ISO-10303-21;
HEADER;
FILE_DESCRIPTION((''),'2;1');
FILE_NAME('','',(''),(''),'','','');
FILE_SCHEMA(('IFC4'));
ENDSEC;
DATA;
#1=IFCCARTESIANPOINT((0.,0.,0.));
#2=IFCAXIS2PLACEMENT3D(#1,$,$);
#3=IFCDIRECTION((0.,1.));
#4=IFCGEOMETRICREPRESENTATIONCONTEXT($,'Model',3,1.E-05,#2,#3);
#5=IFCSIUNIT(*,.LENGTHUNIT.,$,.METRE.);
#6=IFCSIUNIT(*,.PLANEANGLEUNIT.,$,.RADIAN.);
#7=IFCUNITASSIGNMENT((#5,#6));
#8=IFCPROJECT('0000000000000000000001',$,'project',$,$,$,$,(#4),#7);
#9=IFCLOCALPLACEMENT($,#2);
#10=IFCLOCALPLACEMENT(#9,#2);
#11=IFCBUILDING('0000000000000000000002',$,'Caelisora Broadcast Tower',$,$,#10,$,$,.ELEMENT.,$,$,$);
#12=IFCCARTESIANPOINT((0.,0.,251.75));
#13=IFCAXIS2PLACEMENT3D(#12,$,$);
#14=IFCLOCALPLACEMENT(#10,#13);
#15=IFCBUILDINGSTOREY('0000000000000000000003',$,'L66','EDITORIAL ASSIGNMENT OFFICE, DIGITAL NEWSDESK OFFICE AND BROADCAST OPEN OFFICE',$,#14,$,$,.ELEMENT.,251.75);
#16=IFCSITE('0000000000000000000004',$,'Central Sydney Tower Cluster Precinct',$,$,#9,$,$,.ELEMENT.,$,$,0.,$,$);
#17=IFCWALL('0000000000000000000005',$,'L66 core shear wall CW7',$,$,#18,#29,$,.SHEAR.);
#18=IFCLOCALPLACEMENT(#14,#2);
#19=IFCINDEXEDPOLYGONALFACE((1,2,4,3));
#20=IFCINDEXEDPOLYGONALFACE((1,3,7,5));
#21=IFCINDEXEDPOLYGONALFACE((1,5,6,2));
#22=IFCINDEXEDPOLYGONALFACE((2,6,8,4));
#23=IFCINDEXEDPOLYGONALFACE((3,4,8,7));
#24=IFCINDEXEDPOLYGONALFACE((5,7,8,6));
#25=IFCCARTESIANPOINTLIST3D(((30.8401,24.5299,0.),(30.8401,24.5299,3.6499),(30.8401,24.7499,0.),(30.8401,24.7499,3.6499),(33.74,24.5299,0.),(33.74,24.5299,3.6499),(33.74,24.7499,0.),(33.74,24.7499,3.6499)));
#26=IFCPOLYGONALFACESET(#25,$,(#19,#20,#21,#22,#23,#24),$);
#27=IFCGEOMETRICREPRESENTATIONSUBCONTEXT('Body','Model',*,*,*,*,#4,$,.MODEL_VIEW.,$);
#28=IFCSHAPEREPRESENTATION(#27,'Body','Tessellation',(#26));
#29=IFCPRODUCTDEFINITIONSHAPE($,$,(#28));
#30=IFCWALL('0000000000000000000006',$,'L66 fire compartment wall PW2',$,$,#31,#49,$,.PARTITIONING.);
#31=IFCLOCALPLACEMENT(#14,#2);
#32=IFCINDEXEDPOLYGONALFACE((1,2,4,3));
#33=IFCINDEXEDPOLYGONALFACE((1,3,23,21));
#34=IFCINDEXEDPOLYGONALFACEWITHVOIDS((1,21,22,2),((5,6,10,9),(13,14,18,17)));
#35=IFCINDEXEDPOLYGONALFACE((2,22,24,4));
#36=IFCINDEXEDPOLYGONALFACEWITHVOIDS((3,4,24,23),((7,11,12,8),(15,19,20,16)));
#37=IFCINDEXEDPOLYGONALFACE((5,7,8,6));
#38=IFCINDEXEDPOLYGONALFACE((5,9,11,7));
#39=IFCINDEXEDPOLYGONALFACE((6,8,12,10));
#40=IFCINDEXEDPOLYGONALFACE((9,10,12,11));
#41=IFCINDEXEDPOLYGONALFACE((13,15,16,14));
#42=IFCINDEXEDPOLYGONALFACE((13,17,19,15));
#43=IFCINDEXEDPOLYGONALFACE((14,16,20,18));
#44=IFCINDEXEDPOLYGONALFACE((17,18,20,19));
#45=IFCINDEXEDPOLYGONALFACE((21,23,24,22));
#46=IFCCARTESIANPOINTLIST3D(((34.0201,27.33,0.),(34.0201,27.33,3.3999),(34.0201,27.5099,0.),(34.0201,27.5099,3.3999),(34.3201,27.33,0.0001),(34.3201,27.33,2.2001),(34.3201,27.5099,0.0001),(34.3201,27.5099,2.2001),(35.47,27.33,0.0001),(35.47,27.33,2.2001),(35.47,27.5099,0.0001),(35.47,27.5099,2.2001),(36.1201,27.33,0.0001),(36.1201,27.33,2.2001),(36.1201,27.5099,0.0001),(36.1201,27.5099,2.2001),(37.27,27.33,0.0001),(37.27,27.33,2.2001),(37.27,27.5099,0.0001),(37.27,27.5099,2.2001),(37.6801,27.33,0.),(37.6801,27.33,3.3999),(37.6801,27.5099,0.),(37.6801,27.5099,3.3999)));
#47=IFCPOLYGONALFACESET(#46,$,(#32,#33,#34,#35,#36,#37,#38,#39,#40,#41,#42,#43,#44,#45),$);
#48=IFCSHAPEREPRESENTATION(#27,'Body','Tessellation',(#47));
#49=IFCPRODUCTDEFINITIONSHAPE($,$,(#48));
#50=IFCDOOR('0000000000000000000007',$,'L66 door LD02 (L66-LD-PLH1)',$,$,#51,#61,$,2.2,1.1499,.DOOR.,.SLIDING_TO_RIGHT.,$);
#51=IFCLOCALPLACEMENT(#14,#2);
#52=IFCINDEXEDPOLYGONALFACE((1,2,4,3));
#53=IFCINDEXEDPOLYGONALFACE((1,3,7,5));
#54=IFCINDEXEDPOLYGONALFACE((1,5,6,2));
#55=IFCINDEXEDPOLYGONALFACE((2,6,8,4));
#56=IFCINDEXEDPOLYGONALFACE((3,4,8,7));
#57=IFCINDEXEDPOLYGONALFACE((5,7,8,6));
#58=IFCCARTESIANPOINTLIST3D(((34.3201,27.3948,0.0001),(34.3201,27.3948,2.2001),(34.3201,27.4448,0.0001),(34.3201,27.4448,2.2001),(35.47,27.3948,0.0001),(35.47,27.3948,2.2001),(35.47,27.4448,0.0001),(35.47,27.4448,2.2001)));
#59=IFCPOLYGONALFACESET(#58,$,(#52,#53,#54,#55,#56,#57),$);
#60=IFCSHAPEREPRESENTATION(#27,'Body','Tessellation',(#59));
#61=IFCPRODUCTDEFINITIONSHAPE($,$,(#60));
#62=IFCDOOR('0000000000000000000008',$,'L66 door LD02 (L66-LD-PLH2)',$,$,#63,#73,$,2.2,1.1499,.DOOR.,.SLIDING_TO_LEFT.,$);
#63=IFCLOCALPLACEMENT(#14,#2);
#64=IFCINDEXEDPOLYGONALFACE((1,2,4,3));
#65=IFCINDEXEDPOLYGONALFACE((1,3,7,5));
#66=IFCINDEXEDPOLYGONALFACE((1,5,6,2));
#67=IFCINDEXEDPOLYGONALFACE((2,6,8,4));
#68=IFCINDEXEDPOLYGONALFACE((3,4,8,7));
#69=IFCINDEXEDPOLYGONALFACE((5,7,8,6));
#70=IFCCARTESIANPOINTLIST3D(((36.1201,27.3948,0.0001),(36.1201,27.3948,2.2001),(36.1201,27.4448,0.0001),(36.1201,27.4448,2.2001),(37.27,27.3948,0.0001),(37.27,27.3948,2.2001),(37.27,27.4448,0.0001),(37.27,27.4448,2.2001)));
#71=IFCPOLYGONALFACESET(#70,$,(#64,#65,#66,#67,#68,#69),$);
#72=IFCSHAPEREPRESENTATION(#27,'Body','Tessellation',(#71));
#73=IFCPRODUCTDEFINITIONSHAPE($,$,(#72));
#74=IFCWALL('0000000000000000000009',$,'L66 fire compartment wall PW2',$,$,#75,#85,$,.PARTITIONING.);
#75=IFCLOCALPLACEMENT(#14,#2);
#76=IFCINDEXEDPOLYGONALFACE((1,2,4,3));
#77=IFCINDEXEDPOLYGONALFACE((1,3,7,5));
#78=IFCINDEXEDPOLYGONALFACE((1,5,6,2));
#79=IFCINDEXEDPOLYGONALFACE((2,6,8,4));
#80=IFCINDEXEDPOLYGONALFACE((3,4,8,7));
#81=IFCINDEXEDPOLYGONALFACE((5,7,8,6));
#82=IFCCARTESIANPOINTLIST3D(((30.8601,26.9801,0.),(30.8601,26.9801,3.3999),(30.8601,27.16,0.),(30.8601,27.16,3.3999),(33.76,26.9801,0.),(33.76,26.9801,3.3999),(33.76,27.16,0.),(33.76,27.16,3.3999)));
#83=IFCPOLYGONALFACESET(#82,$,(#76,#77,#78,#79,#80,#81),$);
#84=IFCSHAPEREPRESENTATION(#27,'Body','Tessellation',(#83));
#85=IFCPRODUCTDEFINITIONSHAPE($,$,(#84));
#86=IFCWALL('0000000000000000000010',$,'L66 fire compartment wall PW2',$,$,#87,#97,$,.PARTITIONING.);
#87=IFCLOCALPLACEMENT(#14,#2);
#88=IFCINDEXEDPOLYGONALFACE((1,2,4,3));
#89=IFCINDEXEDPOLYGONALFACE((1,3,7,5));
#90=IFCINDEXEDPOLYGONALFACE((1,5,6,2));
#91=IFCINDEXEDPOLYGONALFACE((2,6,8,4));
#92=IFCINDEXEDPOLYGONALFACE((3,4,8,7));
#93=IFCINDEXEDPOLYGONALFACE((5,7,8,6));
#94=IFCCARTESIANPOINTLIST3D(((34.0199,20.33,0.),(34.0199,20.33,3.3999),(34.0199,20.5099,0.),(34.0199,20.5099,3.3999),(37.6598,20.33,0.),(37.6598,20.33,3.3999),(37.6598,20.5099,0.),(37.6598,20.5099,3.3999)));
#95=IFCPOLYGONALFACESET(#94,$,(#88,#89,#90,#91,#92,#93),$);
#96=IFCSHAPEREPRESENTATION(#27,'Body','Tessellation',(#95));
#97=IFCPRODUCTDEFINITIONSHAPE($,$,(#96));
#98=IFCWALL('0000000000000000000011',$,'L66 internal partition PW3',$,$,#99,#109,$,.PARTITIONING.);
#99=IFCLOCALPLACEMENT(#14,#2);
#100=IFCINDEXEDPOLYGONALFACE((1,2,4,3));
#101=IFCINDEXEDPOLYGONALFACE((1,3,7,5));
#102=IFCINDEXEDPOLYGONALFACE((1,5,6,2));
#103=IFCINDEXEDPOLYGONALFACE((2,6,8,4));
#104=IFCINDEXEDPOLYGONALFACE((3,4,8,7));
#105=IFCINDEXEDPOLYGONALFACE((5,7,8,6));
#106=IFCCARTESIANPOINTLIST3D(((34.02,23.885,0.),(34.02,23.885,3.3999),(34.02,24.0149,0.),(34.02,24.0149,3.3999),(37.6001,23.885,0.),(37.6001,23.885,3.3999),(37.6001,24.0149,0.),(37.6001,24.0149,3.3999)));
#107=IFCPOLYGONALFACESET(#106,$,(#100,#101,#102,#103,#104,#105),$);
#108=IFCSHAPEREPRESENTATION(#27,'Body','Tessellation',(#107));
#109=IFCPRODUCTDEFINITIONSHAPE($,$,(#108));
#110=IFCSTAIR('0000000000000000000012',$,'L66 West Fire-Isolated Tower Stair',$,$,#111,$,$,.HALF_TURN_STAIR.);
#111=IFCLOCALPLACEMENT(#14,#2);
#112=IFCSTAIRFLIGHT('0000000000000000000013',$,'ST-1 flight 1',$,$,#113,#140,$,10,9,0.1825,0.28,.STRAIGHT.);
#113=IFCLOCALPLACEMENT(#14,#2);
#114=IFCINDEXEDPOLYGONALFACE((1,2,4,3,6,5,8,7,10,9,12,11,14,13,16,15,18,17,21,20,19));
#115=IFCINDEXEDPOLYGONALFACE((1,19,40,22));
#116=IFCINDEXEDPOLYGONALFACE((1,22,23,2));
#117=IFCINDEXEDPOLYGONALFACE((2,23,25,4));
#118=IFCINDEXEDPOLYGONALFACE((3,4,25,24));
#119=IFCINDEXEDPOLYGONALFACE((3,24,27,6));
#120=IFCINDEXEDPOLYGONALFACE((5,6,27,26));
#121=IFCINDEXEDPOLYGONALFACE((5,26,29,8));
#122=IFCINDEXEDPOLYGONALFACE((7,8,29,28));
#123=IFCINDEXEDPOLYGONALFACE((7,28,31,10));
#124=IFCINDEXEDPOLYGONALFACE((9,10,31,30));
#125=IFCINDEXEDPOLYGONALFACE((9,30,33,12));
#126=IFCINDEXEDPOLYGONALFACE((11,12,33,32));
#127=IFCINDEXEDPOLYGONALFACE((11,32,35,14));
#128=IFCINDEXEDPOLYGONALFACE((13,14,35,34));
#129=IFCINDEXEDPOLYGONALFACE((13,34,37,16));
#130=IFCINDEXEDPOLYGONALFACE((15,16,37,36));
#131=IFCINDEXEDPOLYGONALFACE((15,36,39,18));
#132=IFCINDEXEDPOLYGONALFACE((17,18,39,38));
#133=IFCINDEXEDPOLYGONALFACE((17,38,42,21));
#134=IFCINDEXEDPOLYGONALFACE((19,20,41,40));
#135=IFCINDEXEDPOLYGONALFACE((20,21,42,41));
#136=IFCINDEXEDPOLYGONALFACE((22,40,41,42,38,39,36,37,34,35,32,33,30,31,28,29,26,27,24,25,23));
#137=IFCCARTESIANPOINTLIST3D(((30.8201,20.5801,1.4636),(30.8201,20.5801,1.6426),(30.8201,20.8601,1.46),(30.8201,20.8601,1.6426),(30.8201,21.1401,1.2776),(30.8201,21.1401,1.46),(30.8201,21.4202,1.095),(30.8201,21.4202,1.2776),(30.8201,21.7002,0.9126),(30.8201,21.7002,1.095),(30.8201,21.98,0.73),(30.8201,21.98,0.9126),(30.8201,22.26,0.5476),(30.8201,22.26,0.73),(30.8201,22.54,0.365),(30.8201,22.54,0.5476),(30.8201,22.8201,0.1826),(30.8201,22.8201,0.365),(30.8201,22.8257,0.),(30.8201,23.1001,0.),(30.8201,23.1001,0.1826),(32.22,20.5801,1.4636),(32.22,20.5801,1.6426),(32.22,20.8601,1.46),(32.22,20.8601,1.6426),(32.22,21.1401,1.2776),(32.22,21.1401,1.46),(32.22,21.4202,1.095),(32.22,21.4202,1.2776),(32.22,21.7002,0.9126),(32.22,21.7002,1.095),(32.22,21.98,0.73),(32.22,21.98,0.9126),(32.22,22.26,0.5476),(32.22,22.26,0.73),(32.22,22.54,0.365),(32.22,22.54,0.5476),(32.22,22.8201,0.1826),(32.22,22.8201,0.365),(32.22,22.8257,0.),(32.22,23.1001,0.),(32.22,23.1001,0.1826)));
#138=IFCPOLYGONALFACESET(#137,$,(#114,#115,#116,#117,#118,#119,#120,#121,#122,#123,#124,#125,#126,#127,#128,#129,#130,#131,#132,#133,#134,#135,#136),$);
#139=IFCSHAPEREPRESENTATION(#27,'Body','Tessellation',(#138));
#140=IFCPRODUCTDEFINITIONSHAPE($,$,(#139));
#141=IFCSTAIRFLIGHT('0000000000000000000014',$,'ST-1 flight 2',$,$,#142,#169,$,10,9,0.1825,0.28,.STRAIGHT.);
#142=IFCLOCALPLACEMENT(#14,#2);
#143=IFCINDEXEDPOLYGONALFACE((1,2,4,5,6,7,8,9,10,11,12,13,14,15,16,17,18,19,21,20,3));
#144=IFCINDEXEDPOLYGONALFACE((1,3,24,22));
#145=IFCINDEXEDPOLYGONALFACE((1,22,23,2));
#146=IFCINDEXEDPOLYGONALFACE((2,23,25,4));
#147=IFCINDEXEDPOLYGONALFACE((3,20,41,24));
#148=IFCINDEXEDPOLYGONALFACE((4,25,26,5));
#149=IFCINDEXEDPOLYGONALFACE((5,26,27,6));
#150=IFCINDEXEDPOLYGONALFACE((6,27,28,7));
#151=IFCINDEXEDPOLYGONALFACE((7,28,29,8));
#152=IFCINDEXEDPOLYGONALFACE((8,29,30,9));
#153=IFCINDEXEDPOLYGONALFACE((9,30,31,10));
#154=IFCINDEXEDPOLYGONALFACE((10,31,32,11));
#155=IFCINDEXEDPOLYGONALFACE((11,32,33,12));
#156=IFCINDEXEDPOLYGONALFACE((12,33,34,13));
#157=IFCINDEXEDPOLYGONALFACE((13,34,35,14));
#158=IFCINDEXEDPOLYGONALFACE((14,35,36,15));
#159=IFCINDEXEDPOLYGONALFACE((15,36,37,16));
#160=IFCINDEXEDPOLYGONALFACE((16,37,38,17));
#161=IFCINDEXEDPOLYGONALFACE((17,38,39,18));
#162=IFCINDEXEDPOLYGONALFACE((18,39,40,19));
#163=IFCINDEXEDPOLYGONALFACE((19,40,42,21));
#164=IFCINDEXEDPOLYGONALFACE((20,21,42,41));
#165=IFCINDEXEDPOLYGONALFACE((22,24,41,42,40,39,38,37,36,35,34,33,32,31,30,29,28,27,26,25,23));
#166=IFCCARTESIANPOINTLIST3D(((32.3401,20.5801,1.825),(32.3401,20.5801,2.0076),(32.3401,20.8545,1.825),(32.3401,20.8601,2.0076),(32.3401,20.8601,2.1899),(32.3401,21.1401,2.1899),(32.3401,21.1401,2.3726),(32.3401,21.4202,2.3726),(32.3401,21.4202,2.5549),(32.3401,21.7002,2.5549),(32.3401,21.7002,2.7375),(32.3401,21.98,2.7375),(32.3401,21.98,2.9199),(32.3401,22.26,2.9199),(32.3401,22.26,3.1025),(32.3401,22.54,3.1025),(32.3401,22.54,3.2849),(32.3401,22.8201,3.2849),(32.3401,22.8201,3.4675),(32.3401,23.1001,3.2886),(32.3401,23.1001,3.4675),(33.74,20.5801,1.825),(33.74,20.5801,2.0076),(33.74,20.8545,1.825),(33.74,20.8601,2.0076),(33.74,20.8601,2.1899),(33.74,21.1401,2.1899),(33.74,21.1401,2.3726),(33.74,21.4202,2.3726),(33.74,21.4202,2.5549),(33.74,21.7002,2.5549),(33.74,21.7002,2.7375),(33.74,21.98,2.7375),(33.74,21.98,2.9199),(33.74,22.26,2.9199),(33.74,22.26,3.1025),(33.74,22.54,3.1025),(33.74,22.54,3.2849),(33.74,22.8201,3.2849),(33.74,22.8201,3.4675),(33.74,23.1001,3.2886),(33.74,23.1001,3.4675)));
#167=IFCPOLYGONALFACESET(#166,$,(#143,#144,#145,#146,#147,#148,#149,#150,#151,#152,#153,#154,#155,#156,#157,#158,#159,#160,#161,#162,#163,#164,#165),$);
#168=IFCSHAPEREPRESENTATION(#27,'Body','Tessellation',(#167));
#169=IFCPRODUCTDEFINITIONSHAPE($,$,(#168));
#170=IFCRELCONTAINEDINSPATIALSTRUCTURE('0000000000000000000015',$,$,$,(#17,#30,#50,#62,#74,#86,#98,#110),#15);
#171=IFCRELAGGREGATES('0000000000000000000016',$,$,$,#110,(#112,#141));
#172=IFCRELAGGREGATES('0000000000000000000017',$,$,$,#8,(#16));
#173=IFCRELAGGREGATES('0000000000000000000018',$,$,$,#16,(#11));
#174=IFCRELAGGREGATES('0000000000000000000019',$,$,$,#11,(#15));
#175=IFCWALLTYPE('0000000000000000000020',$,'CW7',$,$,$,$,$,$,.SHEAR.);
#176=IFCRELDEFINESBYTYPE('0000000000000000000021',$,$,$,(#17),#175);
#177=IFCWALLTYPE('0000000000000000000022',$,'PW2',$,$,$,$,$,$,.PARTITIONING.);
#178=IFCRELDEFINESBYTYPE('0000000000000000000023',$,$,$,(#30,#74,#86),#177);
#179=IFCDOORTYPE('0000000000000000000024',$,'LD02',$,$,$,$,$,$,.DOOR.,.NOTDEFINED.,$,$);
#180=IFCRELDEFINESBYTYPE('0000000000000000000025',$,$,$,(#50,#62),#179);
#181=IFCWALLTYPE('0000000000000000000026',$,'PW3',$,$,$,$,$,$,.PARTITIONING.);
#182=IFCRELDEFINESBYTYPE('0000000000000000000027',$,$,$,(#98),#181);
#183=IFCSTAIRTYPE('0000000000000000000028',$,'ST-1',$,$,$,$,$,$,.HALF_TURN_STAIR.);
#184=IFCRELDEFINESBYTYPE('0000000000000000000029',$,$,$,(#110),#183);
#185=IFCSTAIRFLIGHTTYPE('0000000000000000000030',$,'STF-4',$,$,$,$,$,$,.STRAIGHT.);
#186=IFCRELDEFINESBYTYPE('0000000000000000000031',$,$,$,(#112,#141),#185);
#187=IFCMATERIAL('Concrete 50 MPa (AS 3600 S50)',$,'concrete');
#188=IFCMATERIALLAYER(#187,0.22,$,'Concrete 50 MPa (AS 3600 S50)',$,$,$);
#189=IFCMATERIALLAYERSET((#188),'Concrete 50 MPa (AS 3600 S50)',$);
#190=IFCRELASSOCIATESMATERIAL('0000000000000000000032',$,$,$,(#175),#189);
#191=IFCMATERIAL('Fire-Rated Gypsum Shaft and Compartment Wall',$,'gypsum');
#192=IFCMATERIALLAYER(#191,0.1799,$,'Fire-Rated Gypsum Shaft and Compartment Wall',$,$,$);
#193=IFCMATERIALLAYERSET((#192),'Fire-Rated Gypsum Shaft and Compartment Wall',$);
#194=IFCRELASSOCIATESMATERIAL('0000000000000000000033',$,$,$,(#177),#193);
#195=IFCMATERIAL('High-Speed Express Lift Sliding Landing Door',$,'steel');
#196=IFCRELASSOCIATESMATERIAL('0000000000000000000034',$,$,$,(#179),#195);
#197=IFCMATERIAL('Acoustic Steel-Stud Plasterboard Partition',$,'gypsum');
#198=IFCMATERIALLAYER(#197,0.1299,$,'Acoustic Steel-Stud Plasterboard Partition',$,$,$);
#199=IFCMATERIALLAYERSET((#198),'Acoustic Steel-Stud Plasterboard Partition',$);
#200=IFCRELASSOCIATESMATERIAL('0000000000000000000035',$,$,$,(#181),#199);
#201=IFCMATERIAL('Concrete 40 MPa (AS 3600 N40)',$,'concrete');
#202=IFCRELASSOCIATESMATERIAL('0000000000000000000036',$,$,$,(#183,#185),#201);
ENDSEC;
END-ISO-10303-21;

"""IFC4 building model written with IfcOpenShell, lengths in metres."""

from ifc_helpers import new_model, si_unit, direction, frame, frame_2d, origin, place, context, subcontext, project, spatial, polyline, rectangle, outline, extrude, material, layer, layer_set, type_object, element, fill, aggregate, save


model = new_model("IFC4")

# Units and contexts
model_context = context("Model", 3, precision=1e-05, world=origin(), true_north=direction((0.0, 1.0)))
body_context = subcontext(model_context, "Body", "Model", "MODEL_VIEW")
ifc_project = project(units=[si_unit("LENGTHUNIT", "METRE"), si_unit("PLANEANGLEUNIT", "RADIAN")], contexts=[model_context])

# Site, building, storey
site_placement = place(None, origin())
site = spatial("IfcSite", under=ifc_project, at=site_placement, Name="Central Sydney Tower Cluster Precinct", CompositionType="ELEMENT", RefElevation=0.0)
building_placement = place(site_placement, origin())
building = spatial("IfcBuilding", under=site, at=building_placement, Name="Caelisora Broadcast Tower", CompositionType="ELEMENT")
storey_placement = place(building_placement, frame((0.0, 0.0, 251.75)))
storey = spatial("IfcBuildingStorey", under=building, at=storey_placement, Name="L66", Description="EDITORIAL ASSIGNMENT OFFICE, DIGITAL NEWSDESK OFFICE AND BROADCAST OPEN OFFICE", CompositionType="ELEMENT", Elevation=251.75)

# Wall
ifc_material_1 = material(Name="Concrete 40 MPa (AS 3600 N40)", Category="concrete")
ifc_material_2 = material(Name="Concrete 50 MPa (AS 3600 S50)", Category="concrete")
ifc_layer_1 = layer(ifc_material_2, 0.22, Name="Concrete 50 MPa (AS 3600 S50)")
ifc_layer_set_1 = layer_set([ifc_layer_1], Name="Concrete 50 MPa (AS 3600 S50)")
wall_type_1 = type_object("IfcWallType", Name="CW7", PredefinedType="SHEAR", material=ifc_layer_set_1)
wall_1_placement = place(storey_placement, frame((30.8401, 24.6399, 0.0), z_axis=(0.0, 0.0, 1.0), x_axis=(1.0, 0.0, 0.0)))
element("IfcWall", 1, at=wall_1_placement, inside=storey, type_object=wall_type_1, Name="L66 core shear wall CW7", PredefinedType="SHEAR", context=body_context, shape_type="SweptSolid", body=[
    extrude(rectangle(XDim=2.8999, YDim=0.22, at=frame_2d((1.45, 0.0))), origin(), (0.0, 0.0, 1.0), 3.6499),
])

# Wall, openings, doors
ifc_material_3 = material(Name="Fire-Rated Gypsum Shaft and Compartment Wall", Category="gypsum")
ifc_layer_2 = layer(ifc_material_3, 0.1799, Name="Fire-Rated Gypsum Shaft and Compartment Wall")
ifc_layer_set_2 = layer_set([ifc_layer_2], Name="Fire-Rated Gypsum Shaft and Compartment Wall")
wall_type_2 = type_object("IfcWallType", Name="PW2", PredefinedType="PARTITIONING", material=ifc_layer_set_2)
wall_2_placement = place(storey_placement, frame((34.02, 27.4199, 0.0), z_axis=(0.0, 0.0, 1.0), x_axis=(1.0, 0.0, 0.0)))
wall_2 = element("IfcWall", 2, at=wall_2_placement, inside=storey, type_object=wall_type_2, Name="L66 fire compartment wall PW2", PredefinedType="PARTITIONING", context=body_context, shape_type="SweptSolid", body=[
    extrude(rectangle(XDim=3.6599, YDim=0.1799, at=frame_2d((1.8301, 0.0))), origin(), (0.0, 0.0, 1.0), 3.3999),
])
opening_1_placement = place(wall_2_placement, frame((0.3, 0.0, 0.0)))
opening_1 = element("IfcOpeningElement", 3, at=opening_1_placement, cuts=wall_2, PredefinedType="OPENING", context=body_context, shape_type="SweptSolid", body=[
    extrude(rectangle(XDim=1.1499, YDim=2.2, at=frame_2d((0.575, 1.1001))), frame((0.0, 0.1021, 0.0), z_axis=(0.0, -1.0, 0.0), x_axis=(1.0, 0.0, 0.0)), (0.0, 0.0, 1.0), 0.2039),
])
opening_2_placement = place(wall_2_placement, frame((2.1001, 0.0, 0.0)))
opening_2 = element("IfcOpeningElement", 4, at=opening_2_placement, cuts=wall_2, PredefinedType="OPENING", context=body_context, shape_type="SweptSolid", body=[
    extrude(rectangle(XDim=1.1499, YDim=2.2, at=frame_2d((0.575, 1.1001))), frame((0.0, 0.1021, 0.0), z_axis=(0.0, -1.0, 0.0), x_axis=(1.0, 0.0, 0.0)), (0.0, 0.0, 1.0), 0.2039),
])
ifc_material_4 = material(Name="High-Speed Express Lift Sliding Landing Door", Category="steel")
door_type = type_object("IfcDoorType", Name="LD02", OperationType="NOTDEFINED", PredefinedType="DOOR", material=ifc_material_4)
door_1_placement = place(opening_1_placement, origin())
door_1 = element("IfcDoor", 5, at=door_1_placement, inside=storey, type_object=door_type, Name="L66 door LD02 (L66-LD-PLH1)", OperationType="SLIDING_TO_RIGHT", OverallHeight=2.2, OverallWidth=1.1499, PredefinedType="DOOR", context=body_context, shape_type="SweptSolid", body=[
    extrude(rectangle(XDim=1.1499, YDim=2.2, at=frame_2d((0.575, 1.1001))), frame((0.0, 0.0249, 0.0), z_axis=(0.0, -1.0, 0.0), x_axis=(1.0, 0.0, 0.0)), (0.0, 0.0, 1.0), 0.05),
])
fill(opening_1, door_1)
door_2_placement = place(opening_2_placement, origin())
door_2 = element("IfcDoor", 6, at=door_2_placement, inside=storey, type_object=door_type, Name="L66 door LD02 (L66-LD-PLH2)", OperationType="SLIDING_TO_LEFT", OverallHeight=2.2, OverallWidth=1.1499, PredefinedType="DOOR", context=body_context, shape_type="SweptSolid", body=[
    extrude(rectangle(XDim=1.1499, YDim=2.2, at=frame_2d((0.575, 1.1001))), frame((0.0, 0.0249, 0.0), z_axis=(0.0, -1.0, 0.0), x_axis=(1.0, 0.0, 0.0)), (0.0, 0.0, 1.0), 0.05),
])
fill(opening_2, door_2)

# Walls
wall_3_placement = place(storey_placement, frame((30.8601, 27.0701, 0.0), z_axis=(0.0, 0.0, 1.0), x_axis=(1.0, 0.0, 0.0)))
element("IfcWall", 7, at=wall_3_placement, inside=storey, type_object=wall_type_2, Name="L66 fire compartment wall PW2", PredefinedType="PARTITIONING", context=body_context, shape_type="SweptSolid", body=[
    extrude(rectangle(XDim=2.8999, YDim=0.1799, at=frame_2d((1.45, 0.0))), origin(), (0.0, 0.0, 1.0), 3.3999),
])
wall_4_placement = place(storey_placement, frame((34.02, 20.4199, 0.0), z_axis=(0.0, 0.0, 1.0), x_axis=(1.0, 0.0, 0.0)))
element("IfcWall", 8, at=wall_4_placement, inside=storey, type_object=wall_type_2, Name="L66 fire compartment wall PW2", PredefinedType="PARTITIONING", context=body_context, shape_type="SweptSolid", body=[
    extrude(rectangle(XDim=3.6399, YDim=0.1799, at=frame_2d((1.8198, 0.0))), origin(), (0.0, 0.0, 1.0), 3.3999),
])
ifc_material_5 = material(Name="Acoustic Steel-Stud Plasterboard Partition", Category="gypsum")
ifc_layer_3 = layer(ifc_material_5, 0.1299, Name="Acoustic Steel-Stud Plasterboard Partition")
ifc_layer_set_3 = layer_set([ifc_layer_3], Name="Acoustic Steel-Stud Plasterboard Partition")
wall_type_3 = type_object("IfcWallType", Name="PW3", PredefinedType="PARTITIONING", material=ifc_layer_set_3)
wall_5_placement = place(storey_placement, frame((34.02, 23.95, 0.0), z_axis=(0.0, 0.0, 1.0), x_axis=(1.0, 0.0, 0.0)))
element("IfcWall", 9, at=wall_5_placement, inside=storey, type_object=wall_type_3, Name="L66 internal partition PW3", PredefinedType="PARTITIONING", context=body_context, shape_type="SweptSolid", body=[
    extrude(rectangle(XDim=3.5801, YDim=0.1299, at=frame_2d((1.79, 0.0))), origin(), (0.0, 0.0, 1.0), 3.3999),
])

# Stair, stair flights
stair_type = type_object("IfcStairType", Name="ST-1", PredefinedType="HALF_TURN_STAIR", material=ifc_material_1)
stair_placement = place(storey_placement, origin())
stair = element("IfcStair", 10, at=stair_placement, inside=storey, type_object=stair_type, Name="L66 West Fire-Isolated Tower Stair", PredefinedType="HALF_TURN_STAIR")
stair_flight_type = type_object("IfcStairFlightType", Name="STF-4", PredefinedType="STRAIGHT", material=ifc_material_1)
stair_flight_1_placement = place(storey_placement, frame((31.52, 23.1001, 0.0), z_axis=(0.0, 0.0, 1.0), x_axis=(0.0, -1.0, 0.0)))
stair_flight_1 = element("IfcStairFlight", 11, at=stair_flight_1_placement, type_object=stair_flight_type, Name="ST-1 flight 1", NumberOfRisers=10, NumberOfTreads=9, PredefinedType="STRAIGHT", RiserHeight=0.1825, TreadLength=0.28, context=body_context, shape_type="SweptSolid", body=[
    extrude(outline(polyline([(0.0, 0.0), (0.0, 0.1826), (0.28, 0.1826), (0.28, 0.365), (0.5601, 0.365), (0.5601, 0.5476), (0.8401, 0.5476), (0.8401, 0.73), (1.1201, 0.73), (1.1201, 0.9126), (1.3999, 0.9126), (1.3999, 1.095), (1.6799, 1.095), (1.6799, 1.2776), (1.96, 1.2776), (1.96, 1.46), (2.24, 1.46), (2.24, 1.6426), (2.52, 1.6426), (2.52, 1.825), (2.52, 1.4636), (0.2744, 0.0), (0.0, 0.0)])), frame((0.0, 0.7, 0.0), z_axis=(0.0, -1.0, 0.0), x_axis=(1.0, 0.0, 0.0)), (0.0, 0.0, 1.0), 1.3999),
])
stair_flight_2_placement = place(storey_placement, frame((33.04, 20.5801, 1.825), z_axis=(0.0, 0.0, 1.0), x_axis=(0.0, 1.0, 0.0)))
stair_flight_2 = element("IfcStairFlight", 12, at=stair_flight_2_placement, type_object=stair_flight_type, Name="ST-1 flight 2", NumberOfRisers=10, NumberOfTreads=9, PredefinedType="STRAIGHT", RiserHeight=0.1825, TreadLength=0.28, context=body_context, shape_type="SweptSolid", body=[
    extrude(outline(polyline([(0.0, 0.0), (0.0, 0.1826), (0.28, 0.1826), (0.28, 0.365), (0.5601, 0.365), (0.5601, 0.5476), (0.8401, 0.5476), (0.8401, 0.73), (1.1201, 0.73), (1.1201, 0.9126), (1.3999, 0.9126), (1.3999, 1.095), (1.6799, 1.095), (1.6799, 1.2776), (1.96, 1.2776), (1.96, 1.46), (2.24, 1.46), (2.24, 1.6426), (2.52, 1.6426), (2.52, 1.825), (2.52, 1.4636), (0.2744, 0.0), (0.0, 0.0)])), frame((0.0, 0.7, 0.0), z_axis=(0.0, -1.0, 0.0), x_axis=(1.0, 0.0, 0.0)), (0.0, 0.0, 1.0), 1.3999),
])
aggregate(stair, [stair_flight_1, stair_flight_2])

save(model, "model.ifc")
